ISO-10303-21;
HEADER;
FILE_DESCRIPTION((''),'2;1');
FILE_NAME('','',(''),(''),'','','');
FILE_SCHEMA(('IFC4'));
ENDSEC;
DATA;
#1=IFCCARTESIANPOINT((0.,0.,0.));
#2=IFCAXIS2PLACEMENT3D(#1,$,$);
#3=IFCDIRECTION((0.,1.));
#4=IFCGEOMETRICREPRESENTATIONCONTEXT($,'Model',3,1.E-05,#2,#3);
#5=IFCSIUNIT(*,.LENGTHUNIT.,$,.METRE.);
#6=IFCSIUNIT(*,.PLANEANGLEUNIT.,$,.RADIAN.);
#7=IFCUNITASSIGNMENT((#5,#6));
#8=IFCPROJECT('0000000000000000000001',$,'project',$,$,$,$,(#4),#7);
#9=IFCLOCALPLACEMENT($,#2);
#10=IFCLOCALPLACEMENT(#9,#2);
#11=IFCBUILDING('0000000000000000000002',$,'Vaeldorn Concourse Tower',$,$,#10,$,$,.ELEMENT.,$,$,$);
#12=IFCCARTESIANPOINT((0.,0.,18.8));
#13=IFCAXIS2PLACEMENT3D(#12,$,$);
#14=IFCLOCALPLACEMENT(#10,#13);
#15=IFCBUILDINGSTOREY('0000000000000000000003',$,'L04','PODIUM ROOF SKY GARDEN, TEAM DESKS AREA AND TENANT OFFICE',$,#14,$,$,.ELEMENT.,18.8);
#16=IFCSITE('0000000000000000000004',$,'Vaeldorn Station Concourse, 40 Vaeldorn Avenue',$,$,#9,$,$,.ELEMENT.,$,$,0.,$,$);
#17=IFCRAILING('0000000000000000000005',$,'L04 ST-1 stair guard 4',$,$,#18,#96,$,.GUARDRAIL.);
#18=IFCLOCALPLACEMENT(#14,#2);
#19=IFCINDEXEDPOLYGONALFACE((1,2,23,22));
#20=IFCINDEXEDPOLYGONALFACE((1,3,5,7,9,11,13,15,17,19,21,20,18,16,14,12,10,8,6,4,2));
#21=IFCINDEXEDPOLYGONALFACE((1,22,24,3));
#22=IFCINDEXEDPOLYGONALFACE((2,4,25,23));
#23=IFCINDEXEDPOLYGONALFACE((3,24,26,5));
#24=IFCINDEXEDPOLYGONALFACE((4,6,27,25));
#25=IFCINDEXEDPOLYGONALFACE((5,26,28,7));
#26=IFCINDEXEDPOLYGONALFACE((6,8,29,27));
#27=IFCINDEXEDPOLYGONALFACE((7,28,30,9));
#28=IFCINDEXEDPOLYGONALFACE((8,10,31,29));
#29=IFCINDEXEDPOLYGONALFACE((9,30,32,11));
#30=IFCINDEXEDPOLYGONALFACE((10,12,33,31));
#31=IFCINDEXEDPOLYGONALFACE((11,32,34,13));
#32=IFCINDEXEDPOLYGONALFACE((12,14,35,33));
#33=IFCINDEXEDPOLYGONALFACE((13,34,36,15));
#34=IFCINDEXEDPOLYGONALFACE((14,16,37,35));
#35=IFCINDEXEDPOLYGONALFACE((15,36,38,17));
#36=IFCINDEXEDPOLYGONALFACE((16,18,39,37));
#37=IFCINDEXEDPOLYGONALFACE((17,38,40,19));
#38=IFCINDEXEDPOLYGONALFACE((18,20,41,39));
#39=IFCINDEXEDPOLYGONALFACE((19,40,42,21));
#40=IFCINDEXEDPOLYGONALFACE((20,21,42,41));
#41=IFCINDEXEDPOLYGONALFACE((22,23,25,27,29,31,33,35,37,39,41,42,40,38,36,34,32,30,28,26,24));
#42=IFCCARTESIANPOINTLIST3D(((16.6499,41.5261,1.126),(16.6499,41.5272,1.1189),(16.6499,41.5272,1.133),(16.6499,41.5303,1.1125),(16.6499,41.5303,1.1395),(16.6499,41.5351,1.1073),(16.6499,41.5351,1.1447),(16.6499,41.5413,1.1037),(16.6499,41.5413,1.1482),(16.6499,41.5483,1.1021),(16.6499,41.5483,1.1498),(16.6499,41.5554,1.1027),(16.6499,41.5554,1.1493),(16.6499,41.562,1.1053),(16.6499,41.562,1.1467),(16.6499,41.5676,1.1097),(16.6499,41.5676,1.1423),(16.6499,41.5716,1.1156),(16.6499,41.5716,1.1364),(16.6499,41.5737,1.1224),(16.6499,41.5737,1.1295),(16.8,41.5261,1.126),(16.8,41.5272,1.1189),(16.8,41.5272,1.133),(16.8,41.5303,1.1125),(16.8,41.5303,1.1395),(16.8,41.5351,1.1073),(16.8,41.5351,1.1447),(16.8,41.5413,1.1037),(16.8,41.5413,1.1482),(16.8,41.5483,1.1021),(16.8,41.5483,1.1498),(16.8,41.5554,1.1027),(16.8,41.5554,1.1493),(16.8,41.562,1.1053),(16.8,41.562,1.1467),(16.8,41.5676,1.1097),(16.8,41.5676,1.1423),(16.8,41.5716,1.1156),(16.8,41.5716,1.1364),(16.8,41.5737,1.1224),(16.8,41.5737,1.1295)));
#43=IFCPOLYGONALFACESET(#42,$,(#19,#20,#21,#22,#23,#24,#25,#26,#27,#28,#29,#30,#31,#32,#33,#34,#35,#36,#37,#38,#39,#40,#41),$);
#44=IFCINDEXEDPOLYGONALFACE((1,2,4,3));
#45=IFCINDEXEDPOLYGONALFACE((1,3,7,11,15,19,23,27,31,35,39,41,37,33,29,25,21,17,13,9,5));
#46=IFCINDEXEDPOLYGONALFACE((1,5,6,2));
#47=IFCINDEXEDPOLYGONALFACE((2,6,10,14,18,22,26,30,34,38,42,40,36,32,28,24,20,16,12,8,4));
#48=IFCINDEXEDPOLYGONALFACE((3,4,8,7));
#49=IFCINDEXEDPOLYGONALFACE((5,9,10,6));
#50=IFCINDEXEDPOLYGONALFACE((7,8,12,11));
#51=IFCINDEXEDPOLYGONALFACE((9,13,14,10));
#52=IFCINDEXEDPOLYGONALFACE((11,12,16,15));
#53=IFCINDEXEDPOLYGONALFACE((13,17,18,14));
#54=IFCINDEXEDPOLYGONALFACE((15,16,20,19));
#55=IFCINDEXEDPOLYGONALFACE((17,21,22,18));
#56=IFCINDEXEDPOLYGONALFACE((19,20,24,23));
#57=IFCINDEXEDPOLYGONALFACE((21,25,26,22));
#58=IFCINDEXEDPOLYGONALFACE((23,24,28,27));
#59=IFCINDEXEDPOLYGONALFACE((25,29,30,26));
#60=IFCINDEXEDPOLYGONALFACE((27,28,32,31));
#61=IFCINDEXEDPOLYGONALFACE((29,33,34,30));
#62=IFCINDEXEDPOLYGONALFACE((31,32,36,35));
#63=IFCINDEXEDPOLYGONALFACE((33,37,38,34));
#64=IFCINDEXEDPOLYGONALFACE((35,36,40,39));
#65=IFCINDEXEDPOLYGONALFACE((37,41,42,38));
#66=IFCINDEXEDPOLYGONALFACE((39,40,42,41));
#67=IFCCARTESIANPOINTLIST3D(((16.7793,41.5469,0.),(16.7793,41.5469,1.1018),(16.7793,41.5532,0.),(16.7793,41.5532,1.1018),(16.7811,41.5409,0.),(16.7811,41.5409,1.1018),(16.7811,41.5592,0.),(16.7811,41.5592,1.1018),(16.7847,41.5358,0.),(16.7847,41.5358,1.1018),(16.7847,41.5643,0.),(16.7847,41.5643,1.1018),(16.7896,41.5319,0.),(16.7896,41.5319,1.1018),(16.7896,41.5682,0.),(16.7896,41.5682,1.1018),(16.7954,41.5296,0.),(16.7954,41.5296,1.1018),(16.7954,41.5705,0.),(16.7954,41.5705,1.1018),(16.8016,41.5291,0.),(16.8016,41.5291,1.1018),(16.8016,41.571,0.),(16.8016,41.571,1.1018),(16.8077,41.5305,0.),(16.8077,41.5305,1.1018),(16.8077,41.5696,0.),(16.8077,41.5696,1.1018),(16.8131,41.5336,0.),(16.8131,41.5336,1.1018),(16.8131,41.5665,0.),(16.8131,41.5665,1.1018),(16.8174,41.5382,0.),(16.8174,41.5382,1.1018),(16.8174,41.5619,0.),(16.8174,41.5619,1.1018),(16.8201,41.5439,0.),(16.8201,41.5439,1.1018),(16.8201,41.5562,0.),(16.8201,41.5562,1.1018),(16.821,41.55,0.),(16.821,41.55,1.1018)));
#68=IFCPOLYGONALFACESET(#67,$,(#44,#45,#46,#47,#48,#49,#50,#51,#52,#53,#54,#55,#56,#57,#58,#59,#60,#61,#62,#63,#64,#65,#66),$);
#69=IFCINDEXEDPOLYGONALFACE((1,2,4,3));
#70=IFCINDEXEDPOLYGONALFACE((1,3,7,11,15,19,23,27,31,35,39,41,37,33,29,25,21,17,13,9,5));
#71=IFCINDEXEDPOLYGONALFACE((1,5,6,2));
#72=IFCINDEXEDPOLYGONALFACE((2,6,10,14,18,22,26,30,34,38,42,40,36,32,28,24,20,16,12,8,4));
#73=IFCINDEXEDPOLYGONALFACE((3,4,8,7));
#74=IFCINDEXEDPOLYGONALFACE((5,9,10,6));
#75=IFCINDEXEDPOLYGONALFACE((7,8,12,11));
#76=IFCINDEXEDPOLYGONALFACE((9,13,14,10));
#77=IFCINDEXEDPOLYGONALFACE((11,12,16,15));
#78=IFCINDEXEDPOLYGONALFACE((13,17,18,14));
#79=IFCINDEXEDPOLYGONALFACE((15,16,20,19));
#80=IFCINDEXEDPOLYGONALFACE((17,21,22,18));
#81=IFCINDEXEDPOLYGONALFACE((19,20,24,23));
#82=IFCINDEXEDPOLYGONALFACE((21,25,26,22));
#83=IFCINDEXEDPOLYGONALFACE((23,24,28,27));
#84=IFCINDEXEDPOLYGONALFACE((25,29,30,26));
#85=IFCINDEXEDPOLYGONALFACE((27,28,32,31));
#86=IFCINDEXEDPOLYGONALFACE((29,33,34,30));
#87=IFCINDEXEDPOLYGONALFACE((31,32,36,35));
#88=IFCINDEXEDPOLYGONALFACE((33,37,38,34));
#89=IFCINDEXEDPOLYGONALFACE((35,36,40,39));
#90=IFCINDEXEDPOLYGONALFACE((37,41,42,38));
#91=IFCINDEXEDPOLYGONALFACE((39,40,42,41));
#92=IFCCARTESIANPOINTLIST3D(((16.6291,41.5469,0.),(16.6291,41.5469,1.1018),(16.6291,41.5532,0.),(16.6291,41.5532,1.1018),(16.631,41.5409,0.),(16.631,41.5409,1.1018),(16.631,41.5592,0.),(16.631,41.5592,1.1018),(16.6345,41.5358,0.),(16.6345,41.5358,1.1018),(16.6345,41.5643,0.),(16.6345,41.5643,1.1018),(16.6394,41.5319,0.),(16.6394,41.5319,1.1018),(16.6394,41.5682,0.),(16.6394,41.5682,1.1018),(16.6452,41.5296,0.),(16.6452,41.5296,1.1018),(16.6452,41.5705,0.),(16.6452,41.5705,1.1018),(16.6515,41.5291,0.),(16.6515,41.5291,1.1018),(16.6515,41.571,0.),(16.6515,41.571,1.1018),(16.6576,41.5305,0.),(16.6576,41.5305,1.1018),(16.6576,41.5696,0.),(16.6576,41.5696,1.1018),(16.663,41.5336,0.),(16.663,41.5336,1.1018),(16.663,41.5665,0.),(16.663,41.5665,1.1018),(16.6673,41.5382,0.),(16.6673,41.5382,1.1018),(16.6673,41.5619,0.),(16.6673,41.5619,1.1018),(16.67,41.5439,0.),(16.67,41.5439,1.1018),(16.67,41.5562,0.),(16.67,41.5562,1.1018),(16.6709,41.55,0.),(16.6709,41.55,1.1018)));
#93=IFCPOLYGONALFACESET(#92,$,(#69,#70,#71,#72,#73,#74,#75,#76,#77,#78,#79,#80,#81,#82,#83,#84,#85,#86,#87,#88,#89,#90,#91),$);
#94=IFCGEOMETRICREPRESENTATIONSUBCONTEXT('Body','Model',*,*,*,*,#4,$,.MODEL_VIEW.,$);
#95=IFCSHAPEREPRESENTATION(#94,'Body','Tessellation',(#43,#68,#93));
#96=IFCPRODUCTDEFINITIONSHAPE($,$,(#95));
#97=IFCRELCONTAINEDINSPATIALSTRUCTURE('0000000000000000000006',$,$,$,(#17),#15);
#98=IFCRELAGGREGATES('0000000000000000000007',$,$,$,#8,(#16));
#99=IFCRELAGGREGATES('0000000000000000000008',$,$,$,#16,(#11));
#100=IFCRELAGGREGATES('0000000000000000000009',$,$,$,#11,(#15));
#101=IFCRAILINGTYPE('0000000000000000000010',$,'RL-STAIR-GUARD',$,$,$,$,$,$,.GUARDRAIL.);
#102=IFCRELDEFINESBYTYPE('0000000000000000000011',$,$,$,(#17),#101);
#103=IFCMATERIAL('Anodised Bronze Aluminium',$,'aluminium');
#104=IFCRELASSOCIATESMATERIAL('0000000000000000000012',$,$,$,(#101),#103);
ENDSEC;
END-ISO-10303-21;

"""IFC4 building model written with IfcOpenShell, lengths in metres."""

from ifc_helpers import new_model, si_unit, direction, frame, origin, origin_2d, place, context, subcontext, project, spatial, circle, extrude, material, type_object, element, save


model = new_model("IFC4")

# Units and contexts
model_context = context("Model", 3, precision=1e-05, world=origin(), true_north=direction((0.0, 1.0)))
body_context = subcontext(model_context, "Body", "Model", "MODEL_VIEW")
ifc_project = project(units=[si_unit("LENGTHUNIT", "METRE"), si_unit("PLANEANGLEUNIT", "RADIAN")], contexts=[model_context])

# Site, building, storey
site_placement = place(None, origin())
site = spatial("IfcSite", under=ifc_project, at=site_placement, Name="Vaeldorn Station Concourse, 40 Vaeldorn Avenue", CompositionType="ELEMENT", RefElevation=0.0)
building_placement = place(site_placement, origin())
building = spatial("IfcBuilding", under=site, at=building_placement, Name="Vaeldorn Concourse Tower", CompositionType="ELEMENT")
storey_placement = place(building_placement, frame((0.0, 0.0, 18.8)))
storey = spatial("IfcBuildingStorey", under=building, at=storey_placement, Name="L04", Description="PODIUM ROOF SKY GARDEN, TEAM DESKS AREA AND TENANT OFFICE", CompositionType="ELEMENT", Elevation=18.8)

# Shared definitions
ifc_material_1 = material(Name="Anodised Bronze Aluminium", Category="aluminium")

# Railing
railing_type = type_object("IfcRailingType", Name="RL-STAIR-GUARD", PredefinedType="GUARDRAIL", material=ifc_material_1)
railing_1_placement = place(storey_placement, frame((16.8, 41.55, 0.0)))
element("IfcRailing", 1, at=railing_1_placement, inside=storey, type_object=railing_type, Name="L04 ST-1 stair guard 4", PredefinedType="GUARDRAIL", context=body_context, shape_type="SweptSolid", body=[
    extrude(circle(Radius=0.0239, at=origin_2d()), frame((0.0, 0.0, 1.126), z_axis=(-1.0, 0.0, 0.0), x_axis=(0.0, -1.0, 0.0)), (0.0, 0.0, 1.0), 0.1501),
    extrude(circle(Radius=0.021, at=origin_2d()), origin(), (0.0, 0.0, 1.0), 1.1018),
    extrude(circle(Radius=0.021, at=origin_2d()), frame((-0.1501, 0.0, 0.0)), (0.0, 0.0, 1.0), 1.1018),
])

save(model, "model.ifc")
